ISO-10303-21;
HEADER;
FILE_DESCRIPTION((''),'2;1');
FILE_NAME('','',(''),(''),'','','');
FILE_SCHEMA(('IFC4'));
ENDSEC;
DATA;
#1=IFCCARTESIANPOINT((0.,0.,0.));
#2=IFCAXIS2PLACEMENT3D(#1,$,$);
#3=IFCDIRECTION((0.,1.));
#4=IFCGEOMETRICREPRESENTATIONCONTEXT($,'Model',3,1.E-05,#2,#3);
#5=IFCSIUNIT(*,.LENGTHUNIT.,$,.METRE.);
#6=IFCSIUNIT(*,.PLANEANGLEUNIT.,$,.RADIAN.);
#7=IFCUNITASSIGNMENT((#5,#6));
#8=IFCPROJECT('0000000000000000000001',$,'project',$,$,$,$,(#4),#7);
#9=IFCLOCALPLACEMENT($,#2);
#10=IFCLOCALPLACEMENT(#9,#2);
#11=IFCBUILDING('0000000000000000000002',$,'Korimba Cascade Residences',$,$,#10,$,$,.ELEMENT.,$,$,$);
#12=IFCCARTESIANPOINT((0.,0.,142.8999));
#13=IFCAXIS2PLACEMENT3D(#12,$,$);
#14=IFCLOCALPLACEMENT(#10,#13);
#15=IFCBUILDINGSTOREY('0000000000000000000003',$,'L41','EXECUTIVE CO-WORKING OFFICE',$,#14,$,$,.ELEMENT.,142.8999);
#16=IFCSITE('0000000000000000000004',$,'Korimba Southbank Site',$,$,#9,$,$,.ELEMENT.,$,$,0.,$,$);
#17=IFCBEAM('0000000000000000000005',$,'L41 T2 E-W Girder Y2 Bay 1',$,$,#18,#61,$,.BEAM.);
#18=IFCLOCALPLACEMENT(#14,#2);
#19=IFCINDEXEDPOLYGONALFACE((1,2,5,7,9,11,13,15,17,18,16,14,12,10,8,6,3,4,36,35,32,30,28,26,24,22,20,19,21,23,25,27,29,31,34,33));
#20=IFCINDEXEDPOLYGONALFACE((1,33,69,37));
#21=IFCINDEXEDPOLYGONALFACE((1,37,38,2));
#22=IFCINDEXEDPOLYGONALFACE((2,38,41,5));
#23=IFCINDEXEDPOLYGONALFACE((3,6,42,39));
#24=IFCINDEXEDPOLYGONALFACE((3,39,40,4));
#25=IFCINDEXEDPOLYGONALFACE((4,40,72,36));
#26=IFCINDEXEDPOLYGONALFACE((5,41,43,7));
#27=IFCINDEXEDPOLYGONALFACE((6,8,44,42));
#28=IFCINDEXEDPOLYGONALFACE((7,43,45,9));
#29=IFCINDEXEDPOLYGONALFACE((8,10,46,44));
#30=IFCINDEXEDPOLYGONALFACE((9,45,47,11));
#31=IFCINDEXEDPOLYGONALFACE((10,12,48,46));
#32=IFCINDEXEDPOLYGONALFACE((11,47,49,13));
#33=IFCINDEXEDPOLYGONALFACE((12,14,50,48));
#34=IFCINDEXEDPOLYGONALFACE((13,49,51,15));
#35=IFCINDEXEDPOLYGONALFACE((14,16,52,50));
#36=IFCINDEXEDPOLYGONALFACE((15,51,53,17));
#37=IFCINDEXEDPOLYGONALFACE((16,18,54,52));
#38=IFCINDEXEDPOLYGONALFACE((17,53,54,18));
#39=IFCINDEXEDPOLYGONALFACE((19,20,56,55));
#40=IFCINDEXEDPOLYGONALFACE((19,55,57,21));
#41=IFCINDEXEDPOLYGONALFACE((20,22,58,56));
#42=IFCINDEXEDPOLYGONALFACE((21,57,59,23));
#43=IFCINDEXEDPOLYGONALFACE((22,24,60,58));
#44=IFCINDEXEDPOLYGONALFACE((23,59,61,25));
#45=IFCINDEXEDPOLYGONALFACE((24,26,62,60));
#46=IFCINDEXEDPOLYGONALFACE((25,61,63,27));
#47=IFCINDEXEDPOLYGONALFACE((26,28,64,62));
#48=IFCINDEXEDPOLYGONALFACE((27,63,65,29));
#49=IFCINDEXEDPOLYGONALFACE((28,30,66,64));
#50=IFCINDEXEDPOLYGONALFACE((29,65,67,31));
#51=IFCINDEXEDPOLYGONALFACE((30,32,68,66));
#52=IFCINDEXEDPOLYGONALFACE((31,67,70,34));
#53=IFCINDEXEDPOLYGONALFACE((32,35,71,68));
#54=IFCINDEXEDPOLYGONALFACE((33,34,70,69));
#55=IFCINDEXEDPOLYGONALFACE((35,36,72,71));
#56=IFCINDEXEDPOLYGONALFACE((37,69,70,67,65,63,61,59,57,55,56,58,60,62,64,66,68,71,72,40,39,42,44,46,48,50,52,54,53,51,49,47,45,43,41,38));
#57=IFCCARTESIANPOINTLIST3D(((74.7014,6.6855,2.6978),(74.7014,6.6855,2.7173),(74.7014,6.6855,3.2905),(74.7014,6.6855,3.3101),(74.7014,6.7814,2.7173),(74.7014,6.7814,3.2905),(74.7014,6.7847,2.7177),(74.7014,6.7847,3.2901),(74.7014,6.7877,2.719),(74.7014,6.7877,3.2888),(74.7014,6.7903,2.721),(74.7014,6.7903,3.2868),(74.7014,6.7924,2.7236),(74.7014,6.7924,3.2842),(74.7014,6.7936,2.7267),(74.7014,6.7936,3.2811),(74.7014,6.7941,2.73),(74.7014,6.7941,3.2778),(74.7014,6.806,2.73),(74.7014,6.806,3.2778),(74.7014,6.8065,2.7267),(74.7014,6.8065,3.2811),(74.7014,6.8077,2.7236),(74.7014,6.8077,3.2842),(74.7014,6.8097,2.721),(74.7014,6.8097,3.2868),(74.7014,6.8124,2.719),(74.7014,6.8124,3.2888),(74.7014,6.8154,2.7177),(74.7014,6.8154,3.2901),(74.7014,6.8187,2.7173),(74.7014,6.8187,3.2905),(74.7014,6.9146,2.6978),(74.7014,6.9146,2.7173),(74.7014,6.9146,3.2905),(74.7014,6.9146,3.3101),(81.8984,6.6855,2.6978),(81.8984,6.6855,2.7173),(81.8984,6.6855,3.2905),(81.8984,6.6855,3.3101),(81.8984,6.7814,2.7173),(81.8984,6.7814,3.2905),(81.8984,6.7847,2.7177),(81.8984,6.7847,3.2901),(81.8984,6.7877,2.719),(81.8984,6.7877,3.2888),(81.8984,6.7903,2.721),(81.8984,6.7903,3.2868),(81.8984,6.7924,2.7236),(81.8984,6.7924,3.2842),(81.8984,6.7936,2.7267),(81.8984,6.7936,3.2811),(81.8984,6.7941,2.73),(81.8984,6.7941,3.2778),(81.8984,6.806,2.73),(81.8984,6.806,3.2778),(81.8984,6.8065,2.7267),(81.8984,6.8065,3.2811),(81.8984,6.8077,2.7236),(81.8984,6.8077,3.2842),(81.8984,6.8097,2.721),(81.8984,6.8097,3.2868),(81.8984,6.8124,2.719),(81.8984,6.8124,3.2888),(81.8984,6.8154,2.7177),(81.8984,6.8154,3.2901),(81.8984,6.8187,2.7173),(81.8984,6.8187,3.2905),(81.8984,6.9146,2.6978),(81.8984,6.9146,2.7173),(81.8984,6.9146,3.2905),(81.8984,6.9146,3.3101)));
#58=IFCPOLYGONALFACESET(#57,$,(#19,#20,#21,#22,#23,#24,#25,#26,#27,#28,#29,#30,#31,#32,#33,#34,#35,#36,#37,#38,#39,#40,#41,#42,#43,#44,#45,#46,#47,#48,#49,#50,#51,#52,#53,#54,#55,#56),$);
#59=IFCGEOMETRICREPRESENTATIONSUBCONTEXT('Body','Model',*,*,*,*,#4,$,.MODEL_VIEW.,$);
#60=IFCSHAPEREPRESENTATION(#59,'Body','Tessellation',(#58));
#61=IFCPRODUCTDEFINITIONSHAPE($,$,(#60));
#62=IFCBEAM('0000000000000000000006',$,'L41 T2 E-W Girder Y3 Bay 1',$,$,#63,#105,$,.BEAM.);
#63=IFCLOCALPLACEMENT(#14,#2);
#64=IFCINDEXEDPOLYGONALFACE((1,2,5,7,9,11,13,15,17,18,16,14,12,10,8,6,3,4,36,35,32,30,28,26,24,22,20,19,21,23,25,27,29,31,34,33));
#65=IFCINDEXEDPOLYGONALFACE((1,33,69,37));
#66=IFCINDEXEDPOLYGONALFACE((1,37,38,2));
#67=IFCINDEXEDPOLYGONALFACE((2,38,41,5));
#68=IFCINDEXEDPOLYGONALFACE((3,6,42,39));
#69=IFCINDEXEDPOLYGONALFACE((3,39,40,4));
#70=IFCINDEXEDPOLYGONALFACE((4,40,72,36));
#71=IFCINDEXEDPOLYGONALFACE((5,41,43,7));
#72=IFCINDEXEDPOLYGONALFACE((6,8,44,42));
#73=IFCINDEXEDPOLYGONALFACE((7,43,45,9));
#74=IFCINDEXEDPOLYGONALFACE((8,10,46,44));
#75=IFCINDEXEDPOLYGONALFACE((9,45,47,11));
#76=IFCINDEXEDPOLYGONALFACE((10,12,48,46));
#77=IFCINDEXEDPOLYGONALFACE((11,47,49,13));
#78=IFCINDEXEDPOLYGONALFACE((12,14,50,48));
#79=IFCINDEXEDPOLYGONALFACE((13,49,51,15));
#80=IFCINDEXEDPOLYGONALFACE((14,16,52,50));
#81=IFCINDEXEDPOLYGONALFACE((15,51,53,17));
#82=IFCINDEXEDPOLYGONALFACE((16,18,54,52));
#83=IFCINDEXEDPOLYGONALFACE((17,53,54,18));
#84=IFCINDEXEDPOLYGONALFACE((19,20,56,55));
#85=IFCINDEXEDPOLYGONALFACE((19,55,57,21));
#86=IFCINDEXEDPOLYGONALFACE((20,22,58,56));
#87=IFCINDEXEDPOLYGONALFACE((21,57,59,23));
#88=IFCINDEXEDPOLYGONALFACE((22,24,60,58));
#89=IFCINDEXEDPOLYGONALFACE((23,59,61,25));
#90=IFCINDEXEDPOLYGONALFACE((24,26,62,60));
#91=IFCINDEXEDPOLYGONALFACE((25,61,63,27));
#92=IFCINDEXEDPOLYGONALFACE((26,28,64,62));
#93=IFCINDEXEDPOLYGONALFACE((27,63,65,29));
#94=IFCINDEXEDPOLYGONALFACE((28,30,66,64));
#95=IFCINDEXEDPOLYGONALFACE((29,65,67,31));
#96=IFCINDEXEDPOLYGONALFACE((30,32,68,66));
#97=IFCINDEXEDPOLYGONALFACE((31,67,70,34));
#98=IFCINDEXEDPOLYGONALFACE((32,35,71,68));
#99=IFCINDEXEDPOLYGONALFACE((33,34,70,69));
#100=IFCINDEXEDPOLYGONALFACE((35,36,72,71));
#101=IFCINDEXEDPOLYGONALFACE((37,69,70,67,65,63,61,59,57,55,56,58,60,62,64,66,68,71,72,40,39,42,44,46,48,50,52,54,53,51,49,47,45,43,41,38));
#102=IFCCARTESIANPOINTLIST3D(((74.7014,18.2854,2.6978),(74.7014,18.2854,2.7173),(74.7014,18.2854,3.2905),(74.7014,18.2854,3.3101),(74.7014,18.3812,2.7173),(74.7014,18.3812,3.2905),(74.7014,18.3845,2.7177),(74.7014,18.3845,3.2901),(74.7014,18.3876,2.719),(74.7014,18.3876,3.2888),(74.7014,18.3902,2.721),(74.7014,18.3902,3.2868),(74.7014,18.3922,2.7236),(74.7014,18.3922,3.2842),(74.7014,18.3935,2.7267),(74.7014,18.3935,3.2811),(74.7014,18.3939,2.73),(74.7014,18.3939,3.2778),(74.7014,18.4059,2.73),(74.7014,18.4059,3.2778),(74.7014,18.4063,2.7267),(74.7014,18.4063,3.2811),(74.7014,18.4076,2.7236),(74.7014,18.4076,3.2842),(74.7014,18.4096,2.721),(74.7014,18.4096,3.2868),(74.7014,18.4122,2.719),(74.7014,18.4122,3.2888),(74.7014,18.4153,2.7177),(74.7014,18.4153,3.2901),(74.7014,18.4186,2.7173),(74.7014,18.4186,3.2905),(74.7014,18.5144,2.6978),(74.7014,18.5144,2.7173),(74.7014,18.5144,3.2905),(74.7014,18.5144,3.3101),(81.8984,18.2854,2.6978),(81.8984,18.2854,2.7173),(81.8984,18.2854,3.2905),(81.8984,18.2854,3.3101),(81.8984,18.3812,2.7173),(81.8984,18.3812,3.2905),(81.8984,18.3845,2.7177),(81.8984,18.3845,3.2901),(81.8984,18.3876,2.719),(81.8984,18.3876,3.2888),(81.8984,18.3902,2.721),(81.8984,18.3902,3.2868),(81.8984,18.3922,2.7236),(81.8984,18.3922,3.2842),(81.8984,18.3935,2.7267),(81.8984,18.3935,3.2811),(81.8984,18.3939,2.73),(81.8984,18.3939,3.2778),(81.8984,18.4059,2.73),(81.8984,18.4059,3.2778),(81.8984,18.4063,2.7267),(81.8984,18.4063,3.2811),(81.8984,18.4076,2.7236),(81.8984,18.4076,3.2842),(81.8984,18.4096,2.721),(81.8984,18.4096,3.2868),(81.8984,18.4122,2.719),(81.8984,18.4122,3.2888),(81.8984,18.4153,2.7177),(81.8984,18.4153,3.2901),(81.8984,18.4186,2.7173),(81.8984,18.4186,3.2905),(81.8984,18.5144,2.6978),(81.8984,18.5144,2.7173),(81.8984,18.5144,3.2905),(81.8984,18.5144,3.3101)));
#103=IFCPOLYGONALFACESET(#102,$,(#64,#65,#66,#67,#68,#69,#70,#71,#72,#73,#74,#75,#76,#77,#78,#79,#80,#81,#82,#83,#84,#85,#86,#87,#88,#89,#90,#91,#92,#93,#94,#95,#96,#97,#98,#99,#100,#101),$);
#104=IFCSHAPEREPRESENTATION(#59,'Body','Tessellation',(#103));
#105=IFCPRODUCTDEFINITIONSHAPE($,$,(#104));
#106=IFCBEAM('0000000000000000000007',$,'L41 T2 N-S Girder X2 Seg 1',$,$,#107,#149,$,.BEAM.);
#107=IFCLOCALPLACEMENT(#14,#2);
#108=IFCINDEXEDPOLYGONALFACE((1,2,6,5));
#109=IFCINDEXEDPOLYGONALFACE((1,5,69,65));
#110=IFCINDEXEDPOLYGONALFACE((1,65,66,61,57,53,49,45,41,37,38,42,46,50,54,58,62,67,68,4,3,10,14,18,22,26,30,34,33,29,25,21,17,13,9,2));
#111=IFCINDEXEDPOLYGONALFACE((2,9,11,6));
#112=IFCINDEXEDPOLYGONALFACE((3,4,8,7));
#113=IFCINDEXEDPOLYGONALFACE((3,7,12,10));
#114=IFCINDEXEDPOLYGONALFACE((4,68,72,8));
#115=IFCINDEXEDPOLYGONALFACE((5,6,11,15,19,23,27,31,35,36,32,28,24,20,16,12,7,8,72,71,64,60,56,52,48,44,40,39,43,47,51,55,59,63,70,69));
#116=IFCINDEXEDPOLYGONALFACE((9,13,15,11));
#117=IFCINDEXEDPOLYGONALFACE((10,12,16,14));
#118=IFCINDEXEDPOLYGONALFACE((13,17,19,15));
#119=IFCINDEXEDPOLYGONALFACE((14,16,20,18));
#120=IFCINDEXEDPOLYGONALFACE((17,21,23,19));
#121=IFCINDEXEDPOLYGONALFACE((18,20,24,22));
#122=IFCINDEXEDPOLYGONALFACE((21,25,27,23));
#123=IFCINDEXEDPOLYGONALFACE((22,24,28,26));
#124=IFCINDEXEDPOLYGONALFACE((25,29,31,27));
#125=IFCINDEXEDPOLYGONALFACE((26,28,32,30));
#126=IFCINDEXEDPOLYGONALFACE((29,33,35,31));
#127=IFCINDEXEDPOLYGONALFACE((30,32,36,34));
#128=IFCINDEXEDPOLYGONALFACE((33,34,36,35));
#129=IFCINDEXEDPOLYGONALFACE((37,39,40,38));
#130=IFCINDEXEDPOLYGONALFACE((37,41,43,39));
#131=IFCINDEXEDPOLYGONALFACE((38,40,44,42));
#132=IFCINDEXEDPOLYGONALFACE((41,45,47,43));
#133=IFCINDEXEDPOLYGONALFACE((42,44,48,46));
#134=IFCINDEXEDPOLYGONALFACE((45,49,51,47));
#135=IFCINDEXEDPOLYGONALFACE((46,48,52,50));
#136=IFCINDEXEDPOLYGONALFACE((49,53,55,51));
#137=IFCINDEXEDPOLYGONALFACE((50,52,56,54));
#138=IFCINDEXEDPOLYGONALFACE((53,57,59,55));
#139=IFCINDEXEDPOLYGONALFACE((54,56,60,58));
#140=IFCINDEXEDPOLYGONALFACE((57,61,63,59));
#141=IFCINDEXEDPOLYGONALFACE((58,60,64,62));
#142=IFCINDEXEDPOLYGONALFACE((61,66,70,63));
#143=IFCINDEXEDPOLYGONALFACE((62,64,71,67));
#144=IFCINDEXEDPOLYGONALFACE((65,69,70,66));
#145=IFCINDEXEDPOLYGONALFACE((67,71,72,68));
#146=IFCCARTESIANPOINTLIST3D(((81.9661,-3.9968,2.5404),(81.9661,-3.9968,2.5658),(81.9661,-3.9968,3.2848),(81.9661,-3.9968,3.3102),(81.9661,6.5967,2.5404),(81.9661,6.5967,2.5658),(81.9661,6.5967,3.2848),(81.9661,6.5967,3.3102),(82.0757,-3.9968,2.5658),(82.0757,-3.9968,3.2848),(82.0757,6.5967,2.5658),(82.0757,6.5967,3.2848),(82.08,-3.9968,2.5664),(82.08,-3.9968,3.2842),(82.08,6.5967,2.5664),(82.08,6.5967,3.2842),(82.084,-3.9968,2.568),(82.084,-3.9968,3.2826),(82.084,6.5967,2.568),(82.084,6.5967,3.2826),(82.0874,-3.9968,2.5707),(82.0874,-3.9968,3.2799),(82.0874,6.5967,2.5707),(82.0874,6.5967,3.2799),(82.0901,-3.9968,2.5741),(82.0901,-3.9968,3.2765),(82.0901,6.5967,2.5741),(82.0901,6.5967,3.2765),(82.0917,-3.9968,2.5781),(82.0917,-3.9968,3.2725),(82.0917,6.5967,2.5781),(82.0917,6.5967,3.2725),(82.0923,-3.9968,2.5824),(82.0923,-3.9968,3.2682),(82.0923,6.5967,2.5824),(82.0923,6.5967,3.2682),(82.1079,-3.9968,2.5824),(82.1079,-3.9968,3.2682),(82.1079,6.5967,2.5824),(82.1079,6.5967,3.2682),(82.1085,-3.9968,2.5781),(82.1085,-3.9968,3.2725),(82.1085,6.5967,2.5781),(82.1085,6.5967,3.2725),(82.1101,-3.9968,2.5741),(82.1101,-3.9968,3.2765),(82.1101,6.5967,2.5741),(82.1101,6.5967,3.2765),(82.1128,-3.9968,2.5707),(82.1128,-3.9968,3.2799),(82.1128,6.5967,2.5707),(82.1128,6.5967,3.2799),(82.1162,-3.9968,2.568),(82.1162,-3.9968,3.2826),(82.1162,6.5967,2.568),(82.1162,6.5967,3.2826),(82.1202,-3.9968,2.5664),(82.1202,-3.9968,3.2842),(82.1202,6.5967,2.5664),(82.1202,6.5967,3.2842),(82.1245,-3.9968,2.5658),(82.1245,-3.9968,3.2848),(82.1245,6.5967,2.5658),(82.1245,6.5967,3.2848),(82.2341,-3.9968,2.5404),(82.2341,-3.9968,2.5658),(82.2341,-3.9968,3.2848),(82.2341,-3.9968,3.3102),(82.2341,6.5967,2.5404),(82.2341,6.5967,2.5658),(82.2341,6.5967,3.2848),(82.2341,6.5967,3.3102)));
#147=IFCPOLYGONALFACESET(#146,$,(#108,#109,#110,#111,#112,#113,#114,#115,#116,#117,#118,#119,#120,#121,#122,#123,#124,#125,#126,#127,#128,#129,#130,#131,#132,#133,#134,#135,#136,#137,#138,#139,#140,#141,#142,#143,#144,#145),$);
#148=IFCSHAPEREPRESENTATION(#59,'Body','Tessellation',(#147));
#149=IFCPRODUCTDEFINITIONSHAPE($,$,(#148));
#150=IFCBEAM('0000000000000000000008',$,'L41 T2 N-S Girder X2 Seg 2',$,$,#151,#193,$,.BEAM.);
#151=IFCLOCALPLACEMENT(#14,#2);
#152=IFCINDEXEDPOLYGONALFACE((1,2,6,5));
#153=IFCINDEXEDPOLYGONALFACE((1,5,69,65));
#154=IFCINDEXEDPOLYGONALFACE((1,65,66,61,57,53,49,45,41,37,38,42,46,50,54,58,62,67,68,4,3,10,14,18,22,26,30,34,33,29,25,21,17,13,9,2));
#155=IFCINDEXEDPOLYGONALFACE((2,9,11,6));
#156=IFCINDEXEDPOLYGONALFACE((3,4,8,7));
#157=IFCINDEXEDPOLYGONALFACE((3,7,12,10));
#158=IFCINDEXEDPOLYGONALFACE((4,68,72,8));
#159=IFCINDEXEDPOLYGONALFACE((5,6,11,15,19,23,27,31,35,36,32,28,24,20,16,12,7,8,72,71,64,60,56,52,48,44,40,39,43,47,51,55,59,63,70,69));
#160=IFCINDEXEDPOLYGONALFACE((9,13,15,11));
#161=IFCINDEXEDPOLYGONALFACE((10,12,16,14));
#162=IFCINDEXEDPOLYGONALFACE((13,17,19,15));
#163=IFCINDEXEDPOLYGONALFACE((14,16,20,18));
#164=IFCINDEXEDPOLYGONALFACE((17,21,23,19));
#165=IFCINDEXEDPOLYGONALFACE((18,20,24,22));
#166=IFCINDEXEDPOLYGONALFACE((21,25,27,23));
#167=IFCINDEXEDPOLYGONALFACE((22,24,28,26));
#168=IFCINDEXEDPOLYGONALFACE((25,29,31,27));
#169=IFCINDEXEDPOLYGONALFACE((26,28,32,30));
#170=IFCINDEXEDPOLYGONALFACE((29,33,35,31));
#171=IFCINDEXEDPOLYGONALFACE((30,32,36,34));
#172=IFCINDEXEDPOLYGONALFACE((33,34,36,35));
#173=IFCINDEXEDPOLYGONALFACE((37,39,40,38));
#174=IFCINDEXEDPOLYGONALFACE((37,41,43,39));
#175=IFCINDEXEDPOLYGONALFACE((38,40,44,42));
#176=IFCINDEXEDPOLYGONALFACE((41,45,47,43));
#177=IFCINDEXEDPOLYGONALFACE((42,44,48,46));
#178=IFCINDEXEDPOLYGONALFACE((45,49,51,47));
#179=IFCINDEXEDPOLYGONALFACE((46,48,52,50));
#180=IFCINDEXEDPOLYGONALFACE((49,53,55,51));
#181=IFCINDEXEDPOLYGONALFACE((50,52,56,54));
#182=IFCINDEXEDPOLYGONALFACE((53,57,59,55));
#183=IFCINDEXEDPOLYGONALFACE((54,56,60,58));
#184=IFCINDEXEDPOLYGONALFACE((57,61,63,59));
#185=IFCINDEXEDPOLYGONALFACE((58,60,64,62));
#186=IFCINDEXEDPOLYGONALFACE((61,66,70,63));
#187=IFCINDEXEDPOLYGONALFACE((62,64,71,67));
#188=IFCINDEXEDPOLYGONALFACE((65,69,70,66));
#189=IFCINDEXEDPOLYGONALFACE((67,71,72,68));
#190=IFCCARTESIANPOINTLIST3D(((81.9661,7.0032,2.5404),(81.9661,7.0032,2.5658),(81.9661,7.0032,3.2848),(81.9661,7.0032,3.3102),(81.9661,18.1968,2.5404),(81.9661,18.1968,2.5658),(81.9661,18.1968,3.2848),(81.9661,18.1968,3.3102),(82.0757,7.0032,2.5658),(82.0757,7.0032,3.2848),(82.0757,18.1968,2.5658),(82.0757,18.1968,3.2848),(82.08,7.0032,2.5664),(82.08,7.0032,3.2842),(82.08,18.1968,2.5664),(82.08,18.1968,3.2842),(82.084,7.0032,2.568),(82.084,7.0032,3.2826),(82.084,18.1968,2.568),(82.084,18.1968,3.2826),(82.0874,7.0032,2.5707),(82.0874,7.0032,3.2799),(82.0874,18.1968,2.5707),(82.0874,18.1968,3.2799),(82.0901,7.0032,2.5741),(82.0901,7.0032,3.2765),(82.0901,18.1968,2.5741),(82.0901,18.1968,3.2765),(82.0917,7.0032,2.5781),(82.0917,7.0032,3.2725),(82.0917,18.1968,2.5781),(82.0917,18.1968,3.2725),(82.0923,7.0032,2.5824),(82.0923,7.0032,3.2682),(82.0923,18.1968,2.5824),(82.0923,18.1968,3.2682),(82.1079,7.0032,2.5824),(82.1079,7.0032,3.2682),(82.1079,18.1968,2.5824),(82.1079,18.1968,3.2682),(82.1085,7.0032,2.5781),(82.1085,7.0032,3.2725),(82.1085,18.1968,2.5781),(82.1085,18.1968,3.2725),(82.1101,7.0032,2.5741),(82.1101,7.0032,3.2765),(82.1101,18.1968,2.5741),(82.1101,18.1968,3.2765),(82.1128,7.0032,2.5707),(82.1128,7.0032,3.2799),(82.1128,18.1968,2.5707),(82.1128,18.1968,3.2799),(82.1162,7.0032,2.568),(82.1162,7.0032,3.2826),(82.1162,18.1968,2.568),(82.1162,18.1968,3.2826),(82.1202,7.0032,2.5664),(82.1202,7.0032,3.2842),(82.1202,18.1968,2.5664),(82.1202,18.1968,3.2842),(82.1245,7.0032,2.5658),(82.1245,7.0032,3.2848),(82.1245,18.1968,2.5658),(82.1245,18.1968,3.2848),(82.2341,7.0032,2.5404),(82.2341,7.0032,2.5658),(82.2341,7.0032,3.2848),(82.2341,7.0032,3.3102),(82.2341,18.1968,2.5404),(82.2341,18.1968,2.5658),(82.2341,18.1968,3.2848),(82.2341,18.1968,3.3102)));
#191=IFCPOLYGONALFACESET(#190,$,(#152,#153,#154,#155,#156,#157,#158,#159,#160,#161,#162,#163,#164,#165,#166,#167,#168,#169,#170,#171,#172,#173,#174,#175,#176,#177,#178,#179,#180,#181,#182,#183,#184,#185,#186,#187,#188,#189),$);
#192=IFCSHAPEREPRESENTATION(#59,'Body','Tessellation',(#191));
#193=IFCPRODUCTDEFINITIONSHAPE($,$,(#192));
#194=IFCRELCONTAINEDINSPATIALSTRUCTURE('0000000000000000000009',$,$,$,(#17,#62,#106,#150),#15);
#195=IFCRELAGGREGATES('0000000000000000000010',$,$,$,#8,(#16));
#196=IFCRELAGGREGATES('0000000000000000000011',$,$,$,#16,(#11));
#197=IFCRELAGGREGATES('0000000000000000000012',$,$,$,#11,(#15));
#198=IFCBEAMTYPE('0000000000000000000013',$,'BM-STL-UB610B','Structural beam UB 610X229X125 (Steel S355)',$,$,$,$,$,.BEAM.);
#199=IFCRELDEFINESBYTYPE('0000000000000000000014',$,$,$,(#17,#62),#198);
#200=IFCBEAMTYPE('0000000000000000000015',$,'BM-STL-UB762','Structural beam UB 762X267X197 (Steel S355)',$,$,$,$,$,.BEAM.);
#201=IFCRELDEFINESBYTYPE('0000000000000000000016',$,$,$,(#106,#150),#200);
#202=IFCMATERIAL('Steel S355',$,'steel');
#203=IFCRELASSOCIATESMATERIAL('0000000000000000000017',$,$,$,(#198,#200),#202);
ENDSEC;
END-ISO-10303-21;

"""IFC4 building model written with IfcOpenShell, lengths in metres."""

from ifc_helpers import new_model, si_unit, direction, frame, origin, origin_2d, place, context, subcontext, project, spatial, i_section, extrude, material, material_profile, profile_set, type_object, element, save


model = new_model("IFC4")

# Units and contexts
model_context = context("Model", 3, precision=1e-05, world=origin(), true_north=direction((0.0, 1.0)))
body_context = subcontext(model_context, "Body", "Model", "MODEL_VIEW")
ifc_project = project(units=[si_unit("LENGTHUNIT", "METRE"), si_unit("PLANEANGLEUNIT", "RADIAN")], contexts=[model_context])

# Site, building, storey
site_placement = place(None, origin())
site = spatial("IfcSite", under=ifc_project, at=site_placement, Name="Korimba Southbank Site", CompositionType="ELEMENT", RefElevation=0.0)
building_placement = place(site_placement, origin())
building = spatial("IfcBuilding", under=site, at=building_placement, Name="Korimba Cascade Residences", CompositionType="ELEMENT")
storey_placement = place(building_placement, frame((0.0, 0.0, 142.8999)))
storey = spatial("IfcBuildingStorey", under=building, at=storey_placement, Name="L41", Description="EXECUTIVE CO-WORKING OFFICE", CompositionType="ELEMENT", Elevation=142.8999)

# Beams
ifc_material_1 = material(Name="Steel S355", Category="steel")
ifc_material_profile_1 = material_profile(ifc_material_1, i_section(OverallWidth=0.229, OverallDepth=0.6123, WebThickness=0.012, FlangeThickness=0.0195, FilletRadius=0.0127, at=origin_2d()), Name="Steel S355")
ifc_profile_set_1 = profile_set([ifc_material_profile_1], Name="Steel S355")
beam_type_1 = type_object("IfcBeamType", Name="BM-STL-UB610B", Description="Structural beam UB 610X229X125 (Steel S355)", PredefinedType="BEAM", material=ifc_profile_set_1)
for number, where, z_axis, x_axis, name in (
    (1, (74.7014, 6.8, 3.0039), (1.0, 0.0, 0.0), (0.0, 1.0, 0.0), "L41 T2 E-W Girder Y2 Bay 1"),
    (2, (74.7014, 18.3999, 3.0039), (1.0, 0.0, 0.0), (0.0, 1.0, 0.0), "L41 T2 E-W Girder Y3 Bay 1"),
):
    element("IfcBeam", number, at=place(storey_placement, frame(where, z_axis=z_axis, x_axis=x_axis)), inside=storey, type_object=beam_type_1, Name=name, PredefinedType="BEAM", context=body_context, shape_type="SweptSolid", body=[
        extrude(i_section(OverallWidth=0.229, OverallDepth=0.6123, WebThickness=0.012, FlangeThickness=0.0195, FilletRadius=0.0127, at=origin_2d()), origin(), (0.0, 0.0, 1.0), 7.197),
    ])
ifc_material_profile_2 = material_profile(ifc_material_1, i_section(OverallWidth=0.2681, OverallDepth=0.7698, WebThickness=0.0156, FlangeThickness=0.0254, FilletRadius=0.0166, at=origin_2d()), Name="Steel S355")
ifc_profile_set_2 = profile_set([ifc_material_profile_2], Name="Steel S355")
beam_type_2 = type_object("IfcBeamType", Name="BM-STL-UB762", Description="Structural beam UB 762X267X197 (Steel S355)", PredefinedType="BEAM", material=ifc_profile_set_2)
beam_1_placement = place(storey_placement, frame((82.1001, -3.9968, 2.9253), z_axis=(0.0, 1.0, 0.0), x_axis=(-1.0, 0.0, 0.0)))
element("IfcBeam", 3, at=beam_1_placement, inside=storey, type_object=beam_type_2, Name="L41 T2 N-S Girder X2 Seg 1", PredefinedType="BEAM", context=body_context, shape_type="SweptSolid", body=[
    extrude(i_section(OverallWidth=0.2681, OverallDepth=0.7698, WebThickness=0.0156, FlangeThickness=0.0254, FilletRadius=0.0166, at=origin_2d()), origin(), (0.0, 0.0, 1.0), 10.5935),
])
beam_2_placement = place(storey_placement, frame((82.1001, 7.0032, 2.9253), z_axis=(0.0, 1.0, 0.0), x_axis=(-1.0, 0.0, 0.0)))
element("IfcBeam", 4, at=beam_2_placement, inside=storey, type_object=beam_type_2, Name="L41 T2 N-S Girder X2 Seg 2", PredefinedType="BEAM", context=body_context, shape_type="SweptSolid", body=[
    extrude(i_section(OverallWidth=0.2681, OverallDepth=0.7698, WebThickness=0.0156, FlangeThickness=0.0254, FilletRadius=0.0166, at=origin_2d()), origin(), (0.0, 0.0, 1.0), 11.1936),
])

save(model, "model.ifc")
